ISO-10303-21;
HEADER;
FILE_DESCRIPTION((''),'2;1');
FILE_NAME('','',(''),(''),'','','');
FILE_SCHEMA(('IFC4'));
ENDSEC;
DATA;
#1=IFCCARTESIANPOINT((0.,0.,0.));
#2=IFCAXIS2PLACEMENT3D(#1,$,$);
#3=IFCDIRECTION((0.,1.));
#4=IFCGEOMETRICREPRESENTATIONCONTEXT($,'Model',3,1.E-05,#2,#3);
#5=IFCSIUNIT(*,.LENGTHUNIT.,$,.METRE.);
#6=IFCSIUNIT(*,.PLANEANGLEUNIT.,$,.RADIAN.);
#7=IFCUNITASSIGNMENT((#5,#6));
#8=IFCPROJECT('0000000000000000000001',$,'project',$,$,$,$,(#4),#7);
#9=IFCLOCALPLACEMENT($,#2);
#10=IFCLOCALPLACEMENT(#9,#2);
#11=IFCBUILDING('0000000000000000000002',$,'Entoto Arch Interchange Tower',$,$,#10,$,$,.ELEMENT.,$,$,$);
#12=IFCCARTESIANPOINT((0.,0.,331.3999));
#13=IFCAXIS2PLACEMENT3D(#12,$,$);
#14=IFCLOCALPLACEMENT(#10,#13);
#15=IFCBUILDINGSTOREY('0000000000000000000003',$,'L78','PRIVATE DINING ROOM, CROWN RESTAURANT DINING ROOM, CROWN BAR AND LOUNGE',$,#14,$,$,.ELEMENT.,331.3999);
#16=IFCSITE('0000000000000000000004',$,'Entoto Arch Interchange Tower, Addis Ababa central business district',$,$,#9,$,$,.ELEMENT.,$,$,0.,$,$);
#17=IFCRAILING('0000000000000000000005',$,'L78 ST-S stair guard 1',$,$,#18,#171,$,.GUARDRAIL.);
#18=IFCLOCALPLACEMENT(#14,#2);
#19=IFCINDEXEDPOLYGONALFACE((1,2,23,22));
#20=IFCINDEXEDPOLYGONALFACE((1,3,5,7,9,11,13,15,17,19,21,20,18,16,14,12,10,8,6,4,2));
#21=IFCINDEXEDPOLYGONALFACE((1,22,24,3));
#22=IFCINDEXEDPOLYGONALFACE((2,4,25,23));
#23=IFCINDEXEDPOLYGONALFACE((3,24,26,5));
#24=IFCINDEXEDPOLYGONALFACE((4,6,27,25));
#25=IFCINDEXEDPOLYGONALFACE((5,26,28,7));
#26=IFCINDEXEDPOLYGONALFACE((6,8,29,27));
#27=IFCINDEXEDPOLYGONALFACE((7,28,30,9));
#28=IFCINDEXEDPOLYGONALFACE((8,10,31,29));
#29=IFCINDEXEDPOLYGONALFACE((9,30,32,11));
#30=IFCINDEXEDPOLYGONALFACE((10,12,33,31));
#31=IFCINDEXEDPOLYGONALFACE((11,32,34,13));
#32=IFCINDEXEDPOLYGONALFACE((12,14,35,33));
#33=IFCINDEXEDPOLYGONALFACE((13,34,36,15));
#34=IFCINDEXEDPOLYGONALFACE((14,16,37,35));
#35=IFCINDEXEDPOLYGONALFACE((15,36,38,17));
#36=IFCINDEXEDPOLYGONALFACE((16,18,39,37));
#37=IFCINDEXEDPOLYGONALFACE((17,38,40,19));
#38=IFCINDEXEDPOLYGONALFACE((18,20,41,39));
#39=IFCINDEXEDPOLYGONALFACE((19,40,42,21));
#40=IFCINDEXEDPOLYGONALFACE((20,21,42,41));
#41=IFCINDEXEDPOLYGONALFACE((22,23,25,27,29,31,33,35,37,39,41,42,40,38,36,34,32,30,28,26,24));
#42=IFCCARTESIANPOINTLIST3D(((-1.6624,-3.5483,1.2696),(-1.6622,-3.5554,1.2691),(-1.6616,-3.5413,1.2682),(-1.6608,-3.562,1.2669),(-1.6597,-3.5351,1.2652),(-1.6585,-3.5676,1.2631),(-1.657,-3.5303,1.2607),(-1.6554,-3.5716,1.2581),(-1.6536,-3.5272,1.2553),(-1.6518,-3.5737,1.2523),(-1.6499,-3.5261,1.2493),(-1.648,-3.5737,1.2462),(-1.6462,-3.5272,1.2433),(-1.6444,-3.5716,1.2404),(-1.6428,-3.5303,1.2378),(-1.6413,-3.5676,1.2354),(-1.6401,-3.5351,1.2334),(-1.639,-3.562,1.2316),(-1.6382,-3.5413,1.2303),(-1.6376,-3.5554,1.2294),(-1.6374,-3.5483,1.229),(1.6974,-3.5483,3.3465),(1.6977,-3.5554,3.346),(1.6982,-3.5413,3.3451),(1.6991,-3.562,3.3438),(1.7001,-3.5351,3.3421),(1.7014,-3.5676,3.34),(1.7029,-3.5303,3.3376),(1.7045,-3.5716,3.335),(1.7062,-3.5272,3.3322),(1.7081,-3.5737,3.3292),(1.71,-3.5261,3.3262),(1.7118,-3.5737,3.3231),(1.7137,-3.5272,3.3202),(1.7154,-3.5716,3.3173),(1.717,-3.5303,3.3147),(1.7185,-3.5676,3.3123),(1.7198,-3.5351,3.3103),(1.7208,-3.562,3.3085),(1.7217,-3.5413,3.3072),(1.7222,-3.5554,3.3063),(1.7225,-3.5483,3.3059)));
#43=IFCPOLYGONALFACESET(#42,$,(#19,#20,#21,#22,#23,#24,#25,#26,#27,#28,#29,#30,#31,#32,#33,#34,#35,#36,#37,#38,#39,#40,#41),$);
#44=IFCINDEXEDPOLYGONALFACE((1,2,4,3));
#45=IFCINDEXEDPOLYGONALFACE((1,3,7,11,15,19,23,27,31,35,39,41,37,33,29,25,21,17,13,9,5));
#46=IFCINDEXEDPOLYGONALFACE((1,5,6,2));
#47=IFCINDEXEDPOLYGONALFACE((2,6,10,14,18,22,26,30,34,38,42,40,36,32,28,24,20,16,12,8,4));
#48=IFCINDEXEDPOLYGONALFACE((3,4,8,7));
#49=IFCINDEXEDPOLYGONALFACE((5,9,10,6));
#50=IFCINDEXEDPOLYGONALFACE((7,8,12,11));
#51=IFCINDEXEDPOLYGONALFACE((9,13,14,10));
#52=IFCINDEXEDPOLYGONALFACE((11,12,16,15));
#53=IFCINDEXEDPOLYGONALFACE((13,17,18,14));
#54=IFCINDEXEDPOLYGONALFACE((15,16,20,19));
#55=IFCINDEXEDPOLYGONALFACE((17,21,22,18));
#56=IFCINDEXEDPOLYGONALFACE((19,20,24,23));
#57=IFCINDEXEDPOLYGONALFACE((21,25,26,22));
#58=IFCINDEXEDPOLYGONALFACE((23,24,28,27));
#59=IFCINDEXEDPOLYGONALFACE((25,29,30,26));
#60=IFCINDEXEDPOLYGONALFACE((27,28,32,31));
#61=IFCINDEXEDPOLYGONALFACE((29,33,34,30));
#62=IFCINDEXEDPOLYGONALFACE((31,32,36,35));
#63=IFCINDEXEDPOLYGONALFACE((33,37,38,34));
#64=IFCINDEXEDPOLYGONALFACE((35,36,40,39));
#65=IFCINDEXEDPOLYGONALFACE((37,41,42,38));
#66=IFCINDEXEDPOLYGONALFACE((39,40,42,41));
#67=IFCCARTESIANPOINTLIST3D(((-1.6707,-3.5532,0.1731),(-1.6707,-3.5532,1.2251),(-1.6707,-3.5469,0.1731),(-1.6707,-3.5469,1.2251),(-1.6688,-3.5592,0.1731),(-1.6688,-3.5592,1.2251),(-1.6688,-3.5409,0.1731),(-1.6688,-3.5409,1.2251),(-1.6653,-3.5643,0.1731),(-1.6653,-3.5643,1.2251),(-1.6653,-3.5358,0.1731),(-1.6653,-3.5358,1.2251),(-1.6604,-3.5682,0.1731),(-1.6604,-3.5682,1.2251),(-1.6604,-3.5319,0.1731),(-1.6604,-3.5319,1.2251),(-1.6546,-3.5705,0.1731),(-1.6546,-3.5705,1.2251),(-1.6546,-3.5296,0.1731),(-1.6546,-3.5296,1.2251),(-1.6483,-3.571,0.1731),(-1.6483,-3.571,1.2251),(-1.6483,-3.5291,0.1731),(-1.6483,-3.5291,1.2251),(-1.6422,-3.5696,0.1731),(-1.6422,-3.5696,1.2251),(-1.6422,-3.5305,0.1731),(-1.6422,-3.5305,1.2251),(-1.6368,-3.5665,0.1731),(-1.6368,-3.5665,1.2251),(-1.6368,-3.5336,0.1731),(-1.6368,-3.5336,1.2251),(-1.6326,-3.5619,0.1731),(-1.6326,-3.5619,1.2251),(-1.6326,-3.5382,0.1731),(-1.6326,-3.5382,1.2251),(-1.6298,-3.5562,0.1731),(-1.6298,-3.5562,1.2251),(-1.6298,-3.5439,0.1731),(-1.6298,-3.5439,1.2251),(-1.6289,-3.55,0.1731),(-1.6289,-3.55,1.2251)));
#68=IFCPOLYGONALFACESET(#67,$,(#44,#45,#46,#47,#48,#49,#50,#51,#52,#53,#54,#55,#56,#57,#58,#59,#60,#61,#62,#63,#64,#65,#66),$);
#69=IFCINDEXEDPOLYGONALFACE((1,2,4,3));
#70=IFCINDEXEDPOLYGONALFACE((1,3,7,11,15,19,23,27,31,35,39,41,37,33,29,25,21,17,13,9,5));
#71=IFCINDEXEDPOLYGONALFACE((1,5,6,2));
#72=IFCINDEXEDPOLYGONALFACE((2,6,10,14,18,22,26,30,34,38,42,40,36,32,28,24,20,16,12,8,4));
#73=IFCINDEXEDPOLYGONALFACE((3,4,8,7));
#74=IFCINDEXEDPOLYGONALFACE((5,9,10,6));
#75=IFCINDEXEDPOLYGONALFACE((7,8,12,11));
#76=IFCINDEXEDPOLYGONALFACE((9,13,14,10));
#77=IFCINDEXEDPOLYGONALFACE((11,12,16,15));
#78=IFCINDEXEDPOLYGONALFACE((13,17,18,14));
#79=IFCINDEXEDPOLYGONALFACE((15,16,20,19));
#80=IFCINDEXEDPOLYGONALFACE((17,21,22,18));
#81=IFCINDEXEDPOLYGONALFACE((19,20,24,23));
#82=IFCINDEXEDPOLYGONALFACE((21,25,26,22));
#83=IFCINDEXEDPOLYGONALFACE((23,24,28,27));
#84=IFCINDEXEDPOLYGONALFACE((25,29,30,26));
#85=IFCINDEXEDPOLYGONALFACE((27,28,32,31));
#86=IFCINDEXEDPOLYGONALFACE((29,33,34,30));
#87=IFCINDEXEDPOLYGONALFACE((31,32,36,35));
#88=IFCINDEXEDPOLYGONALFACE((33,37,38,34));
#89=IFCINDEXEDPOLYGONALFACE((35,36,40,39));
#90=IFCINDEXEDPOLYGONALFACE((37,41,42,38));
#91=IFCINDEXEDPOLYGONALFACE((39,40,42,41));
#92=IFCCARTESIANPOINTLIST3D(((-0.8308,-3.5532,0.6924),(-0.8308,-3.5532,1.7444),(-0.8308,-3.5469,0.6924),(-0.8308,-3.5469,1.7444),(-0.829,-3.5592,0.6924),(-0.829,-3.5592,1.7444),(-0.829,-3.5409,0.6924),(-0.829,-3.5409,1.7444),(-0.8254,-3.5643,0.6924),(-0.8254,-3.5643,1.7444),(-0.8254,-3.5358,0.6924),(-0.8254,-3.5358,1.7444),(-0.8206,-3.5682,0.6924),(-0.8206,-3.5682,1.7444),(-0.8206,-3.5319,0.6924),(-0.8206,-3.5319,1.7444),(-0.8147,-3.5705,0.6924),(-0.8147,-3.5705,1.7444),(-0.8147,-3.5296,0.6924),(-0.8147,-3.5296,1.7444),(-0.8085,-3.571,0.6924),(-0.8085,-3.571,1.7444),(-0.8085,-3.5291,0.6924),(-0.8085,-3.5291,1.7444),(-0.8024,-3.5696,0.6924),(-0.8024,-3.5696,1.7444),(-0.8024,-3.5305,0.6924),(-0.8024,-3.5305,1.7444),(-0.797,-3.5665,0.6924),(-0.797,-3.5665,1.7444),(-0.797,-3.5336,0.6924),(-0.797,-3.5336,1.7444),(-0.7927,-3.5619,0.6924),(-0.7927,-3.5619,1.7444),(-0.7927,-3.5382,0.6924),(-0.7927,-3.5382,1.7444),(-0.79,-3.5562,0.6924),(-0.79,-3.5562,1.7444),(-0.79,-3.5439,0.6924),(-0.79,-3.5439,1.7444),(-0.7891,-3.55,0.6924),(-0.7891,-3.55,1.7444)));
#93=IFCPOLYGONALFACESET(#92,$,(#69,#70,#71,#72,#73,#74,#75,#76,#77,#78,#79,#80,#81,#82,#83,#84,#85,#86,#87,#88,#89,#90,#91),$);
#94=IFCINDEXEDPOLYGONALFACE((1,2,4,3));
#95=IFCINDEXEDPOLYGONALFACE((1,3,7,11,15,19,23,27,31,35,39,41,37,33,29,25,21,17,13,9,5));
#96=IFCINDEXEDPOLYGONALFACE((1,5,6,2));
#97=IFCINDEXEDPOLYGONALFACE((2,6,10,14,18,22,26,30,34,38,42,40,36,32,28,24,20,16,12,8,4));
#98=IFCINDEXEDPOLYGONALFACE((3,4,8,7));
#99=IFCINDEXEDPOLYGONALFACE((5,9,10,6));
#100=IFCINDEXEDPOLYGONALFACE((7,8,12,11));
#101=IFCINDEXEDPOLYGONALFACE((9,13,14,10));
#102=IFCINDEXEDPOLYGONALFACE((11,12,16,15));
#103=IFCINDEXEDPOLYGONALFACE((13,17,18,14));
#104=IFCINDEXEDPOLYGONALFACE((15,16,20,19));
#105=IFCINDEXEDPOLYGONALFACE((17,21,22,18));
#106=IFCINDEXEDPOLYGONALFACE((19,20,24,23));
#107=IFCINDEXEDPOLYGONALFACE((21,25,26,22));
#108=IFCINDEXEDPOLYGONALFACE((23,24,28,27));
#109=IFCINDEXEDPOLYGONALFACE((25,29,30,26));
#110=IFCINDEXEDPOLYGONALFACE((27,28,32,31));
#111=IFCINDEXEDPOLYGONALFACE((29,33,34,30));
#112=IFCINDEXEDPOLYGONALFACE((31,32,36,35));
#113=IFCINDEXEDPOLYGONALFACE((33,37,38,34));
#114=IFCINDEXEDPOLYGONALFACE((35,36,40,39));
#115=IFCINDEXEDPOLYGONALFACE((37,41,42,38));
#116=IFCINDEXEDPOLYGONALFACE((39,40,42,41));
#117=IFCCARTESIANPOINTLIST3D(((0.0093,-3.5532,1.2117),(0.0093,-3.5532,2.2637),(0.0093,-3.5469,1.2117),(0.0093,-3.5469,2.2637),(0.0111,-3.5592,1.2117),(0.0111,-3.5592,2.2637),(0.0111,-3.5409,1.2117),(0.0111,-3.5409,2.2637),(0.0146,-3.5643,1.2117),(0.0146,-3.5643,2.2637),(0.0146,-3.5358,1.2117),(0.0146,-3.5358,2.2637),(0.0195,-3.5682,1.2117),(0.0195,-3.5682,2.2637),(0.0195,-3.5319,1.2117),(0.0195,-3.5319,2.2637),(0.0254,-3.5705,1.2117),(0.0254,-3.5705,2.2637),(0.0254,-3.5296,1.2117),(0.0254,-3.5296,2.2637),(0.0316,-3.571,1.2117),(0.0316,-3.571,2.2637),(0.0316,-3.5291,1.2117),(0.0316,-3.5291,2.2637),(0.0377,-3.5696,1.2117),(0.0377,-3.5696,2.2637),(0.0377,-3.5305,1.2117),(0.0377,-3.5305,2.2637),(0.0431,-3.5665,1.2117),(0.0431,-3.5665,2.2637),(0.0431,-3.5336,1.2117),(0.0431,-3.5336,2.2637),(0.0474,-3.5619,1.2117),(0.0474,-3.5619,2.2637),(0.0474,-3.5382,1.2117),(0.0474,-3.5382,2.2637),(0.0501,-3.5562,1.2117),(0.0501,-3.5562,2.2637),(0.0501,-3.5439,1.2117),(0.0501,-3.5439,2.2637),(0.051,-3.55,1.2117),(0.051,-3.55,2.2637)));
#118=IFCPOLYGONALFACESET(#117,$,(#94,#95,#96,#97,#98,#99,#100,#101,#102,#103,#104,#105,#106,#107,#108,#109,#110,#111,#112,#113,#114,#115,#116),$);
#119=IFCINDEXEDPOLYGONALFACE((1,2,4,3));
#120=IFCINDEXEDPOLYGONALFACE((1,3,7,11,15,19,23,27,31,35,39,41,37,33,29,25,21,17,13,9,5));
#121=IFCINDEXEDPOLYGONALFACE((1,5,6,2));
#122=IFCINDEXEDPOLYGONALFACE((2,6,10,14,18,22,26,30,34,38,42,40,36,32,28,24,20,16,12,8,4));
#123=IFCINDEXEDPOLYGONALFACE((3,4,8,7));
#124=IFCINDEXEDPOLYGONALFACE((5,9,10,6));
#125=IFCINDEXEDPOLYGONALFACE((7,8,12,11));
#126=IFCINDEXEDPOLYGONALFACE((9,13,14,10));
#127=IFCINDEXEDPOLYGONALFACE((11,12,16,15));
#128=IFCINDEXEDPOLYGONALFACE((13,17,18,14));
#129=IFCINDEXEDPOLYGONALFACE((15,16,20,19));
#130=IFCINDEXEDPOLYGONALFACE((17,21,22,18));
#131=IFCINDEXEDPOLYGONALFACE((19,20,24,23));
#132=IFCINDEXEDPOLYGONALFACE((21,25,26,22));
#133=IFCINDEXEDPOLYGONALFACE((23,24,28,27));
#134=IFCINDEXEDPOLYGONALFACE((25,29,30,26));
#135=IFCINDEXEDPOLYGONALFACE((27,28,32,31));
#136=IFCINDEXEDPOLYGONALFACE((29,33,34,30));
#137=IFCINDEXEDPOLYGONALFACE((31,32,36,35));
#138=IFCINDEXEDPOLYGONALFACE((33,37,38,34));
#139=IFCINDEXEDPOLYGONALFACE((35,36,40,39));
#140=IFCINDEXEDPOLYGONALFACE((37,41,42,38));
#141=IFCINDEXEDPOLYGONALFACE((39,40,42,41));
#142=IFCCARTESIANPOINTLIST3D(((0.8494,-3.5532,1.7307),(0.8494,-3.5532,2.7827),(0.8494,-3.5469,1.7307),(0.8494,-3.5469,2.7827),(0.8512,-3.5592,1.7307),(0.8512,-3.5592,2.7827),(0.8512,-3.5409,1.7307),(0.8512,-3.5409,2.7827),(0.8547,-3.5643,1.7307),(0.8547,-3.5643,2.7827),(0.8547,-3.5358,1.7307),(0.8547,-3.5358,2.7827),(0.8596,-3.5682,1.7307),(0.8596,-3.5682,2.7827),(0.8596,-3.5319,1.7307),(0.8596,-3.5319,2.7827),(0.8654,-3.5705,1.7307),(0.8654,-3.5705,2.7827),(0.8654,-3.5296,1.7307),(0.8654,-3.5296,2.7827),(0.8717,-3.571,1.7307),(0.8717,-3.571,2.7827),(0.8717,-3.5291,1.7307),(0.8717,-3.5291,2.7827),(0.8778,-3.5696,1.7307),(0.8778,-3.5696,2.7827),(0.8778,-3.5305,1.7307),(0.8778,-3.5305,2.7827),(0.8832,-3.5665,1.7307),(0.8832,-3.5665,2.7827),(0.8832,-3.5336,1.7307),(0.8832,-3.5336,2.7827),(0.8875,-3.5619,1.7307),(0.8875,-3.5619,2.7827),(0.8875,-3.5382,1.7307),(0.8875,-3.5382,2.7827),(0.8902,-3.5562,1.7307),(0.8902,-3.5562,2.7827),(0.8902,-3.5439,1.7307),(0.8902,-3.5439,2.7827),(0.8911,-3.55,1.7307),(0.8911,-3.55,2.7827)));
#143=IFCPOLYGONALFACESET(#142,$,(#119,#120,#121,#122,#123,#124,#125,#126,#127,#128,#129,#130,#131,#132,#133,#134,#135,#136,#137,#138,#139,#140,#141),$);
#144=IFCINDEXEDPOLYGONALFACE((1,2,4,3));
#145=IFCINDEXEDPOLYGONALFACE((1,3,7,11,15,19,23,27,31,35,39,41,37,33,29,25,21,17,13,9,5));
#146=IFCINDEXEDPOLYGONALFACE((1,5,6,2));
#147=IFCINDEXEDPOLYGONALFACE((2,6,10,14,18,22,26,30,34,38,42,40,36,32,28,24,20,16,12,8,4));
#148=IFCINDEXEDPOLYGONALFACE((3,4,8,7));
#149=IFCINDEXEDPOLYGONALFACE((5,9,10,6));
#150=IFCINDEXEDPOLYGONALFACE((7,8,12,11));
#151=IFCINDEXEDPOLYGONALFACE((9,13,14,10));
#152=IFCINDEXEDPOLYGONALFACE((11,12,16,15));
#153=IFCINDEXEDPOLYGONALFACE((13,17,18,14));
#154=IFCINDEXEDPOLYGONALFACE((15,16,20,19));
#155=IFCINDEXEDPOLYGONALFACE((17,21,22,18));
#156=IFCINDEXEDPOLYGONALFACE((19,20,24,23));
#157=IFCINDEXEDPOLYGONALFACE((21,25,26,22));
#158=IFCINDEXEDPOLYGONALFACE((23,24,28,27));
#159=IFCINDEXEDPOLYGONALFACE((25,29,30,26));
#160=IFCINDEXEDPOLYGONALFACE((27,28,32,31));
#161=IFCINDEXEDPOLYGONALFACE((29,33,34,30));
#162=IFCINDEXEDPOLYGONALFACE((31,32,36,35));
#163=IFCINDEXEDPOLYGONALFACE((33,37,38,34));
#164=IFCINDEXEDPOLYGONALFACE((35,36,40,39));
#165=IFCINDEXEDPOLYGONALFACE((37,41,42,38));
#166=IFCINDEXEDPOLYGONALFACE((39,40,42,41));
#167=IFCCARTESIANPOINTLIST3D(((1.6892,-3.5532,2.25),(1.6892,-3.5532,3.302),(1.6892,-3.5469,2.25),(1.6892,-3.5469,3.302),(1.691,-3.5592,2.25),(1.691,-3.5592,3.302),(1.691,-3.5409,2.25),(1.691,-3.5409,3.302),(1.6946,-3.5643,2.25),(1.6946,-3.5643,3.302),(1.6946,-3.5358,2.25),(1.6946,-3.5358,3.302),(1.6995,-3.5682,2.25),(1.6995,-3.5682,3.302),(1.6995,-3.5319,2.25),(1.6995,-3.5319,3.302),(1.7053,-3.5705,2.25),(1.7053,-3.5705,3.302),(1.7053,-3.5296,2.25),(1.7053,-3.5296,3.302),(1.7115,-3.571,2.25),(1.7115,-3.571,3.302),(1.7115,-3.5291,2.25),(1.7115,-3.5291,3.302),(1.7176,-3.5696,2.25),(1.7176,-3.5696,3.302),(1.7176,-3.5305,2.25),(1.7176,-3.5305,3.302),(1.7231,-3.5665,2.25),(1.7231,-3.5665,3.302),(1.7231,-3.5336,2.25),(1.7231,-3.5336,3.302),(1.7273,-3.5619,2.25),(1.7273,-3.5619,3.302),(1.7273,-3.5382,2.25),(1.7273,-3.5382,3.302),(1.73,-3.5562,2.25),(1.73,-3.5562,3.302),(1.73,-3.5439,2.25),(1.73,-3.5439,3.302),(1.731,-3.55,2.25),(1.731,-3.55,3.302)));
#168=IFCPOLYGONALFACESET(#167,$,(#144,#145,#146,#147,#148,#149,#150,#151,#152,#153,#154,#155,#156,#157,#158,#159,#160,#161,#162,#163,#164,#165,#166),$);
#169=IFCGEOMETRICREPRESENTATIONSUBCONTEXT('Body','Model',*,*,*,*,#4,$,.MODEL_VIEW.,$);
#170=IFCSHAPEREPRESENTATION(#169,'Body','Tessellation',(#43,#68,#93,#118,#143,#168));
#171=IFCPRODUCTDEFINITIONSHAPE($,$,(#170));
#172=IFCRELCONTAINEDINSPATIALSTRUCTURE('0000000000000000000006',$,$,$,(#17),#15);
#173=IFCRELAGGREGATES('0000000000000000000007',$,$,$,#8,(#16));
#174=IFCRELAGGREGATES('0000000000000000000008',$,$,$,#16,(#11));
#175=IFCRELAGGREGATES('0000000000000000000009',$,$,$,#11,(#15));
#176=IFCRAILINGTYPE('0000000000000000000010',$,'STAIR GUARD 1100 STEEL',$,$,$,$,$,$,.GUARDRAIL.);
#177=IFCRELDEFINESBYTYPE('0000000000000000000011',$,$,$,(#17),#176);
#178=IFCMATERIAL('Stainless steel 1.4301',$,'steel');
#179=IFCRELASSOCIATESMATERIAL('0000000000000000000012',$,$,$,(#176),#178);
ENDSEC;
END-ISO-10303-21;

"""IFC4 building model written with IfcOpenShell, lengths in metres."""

from ifc_helpers import new_model, si_unit, direction, frame, origin, origin_2d, place, context, subcontext, project, spatial, circle, extrude, material, type_object, element, save


model = new_model("IFC4")

# Units and contexts
model_context = context("Model", 3, precision=1e-05, world=origin(), true_north=direction((0.0, 1.0)))
body_context = subcontext(model_context, "Body", "Model", "MODEL_VIEW")
ifc_project = project(units=[si_unit("LENGTHUNIT", "METRE"), si_unit("PLANEANGLEUNIT", "RADIAN")], contexts=[model_context])

# Site, building, storey
site_placement = place(None, origin())
site = spatial("IfcSite", under=ifc_project, at=site_placement, Name="Entoto Arch Interchange Tower, Addis Ababa central business district", CompositionType="ELEMENT", RefElevation=0.0)
building_placement = place(site_placement, origin())
building = spatial("IfcBuilding", under=site, at=building_placement, Name="Entoto Arch Interchange Tower", CompositionType="ELEMENT")
storey_placement = place(building_placement, frame((0.0, 0.0, 331.3999)))
storey = spatial("IfcBuildingStorey", under=building, at=storey_placement, Name="L78", Description="PRIVATE DINING ROOM, CROWN RESTAURANT DINING ROOM, CROWN BAR AND LOUNGE", CompositionType="ELEMENT", Elevation=331.3999)

# Railing
ifc_material_1 = material(Name="Stainless steel 1.4301", Category="steel")
railing_type_1 = type_object("IfcRailingType", Name="STAIR GUARD 1100 STEEL", PredefinedType="GUARDRAIL", material=ifc_material_1)
railing_1_placement = place(storey_placement, frame((-1.6499, -3.55, 0.1731)))
element("IfcRailing", 1, at=railing_1_placement, inside=storey, type_object=railing_type_1, Name="L78 ST-S stair guard 1", PredefinedType="GUARDRAIL", context=body_context, shape_type="SweptSolid", body=[
    extrude(circle(Radius=0.0239, at=origin_2d()), frame((0.0, 0.0, 1.0762), z_axis=(0.850606, 0.0, 0.525803), x_axis=(0.0, 1.0, 0.0)), (0.0, 0.0, 1.0), 3.95),
    extrude(circle(Radius=0.021, at=origin_2d()), origin(), (0.0, 0.0, 1.0), 1.052),
    extrude(circle(Radius=0.021, at=origin_2d()), frame((0.8398, 0.0, 0.5193)), (0.0, 0.0, 1.0), 1.052),
    extrude(circle(Radius=0.021, at=origin_2d()), frame((1.6799, 0.0, 1.0386)), (0.0, 0.0, 1.0), 1.052),
    extrude(circle(Radius=0.021, at=origin_2d()), frame((2.52, 0.0, 1.5576)), (0.0, 0.0, 1.0), 1.052),
    extrude(circle(Radius=0.021, at=origin_2d()), frame((3.3599, 0.0, 2.0769)), (0.0, 0.0, 1.0), 1.052),
])

save(model, "model.ifc")
